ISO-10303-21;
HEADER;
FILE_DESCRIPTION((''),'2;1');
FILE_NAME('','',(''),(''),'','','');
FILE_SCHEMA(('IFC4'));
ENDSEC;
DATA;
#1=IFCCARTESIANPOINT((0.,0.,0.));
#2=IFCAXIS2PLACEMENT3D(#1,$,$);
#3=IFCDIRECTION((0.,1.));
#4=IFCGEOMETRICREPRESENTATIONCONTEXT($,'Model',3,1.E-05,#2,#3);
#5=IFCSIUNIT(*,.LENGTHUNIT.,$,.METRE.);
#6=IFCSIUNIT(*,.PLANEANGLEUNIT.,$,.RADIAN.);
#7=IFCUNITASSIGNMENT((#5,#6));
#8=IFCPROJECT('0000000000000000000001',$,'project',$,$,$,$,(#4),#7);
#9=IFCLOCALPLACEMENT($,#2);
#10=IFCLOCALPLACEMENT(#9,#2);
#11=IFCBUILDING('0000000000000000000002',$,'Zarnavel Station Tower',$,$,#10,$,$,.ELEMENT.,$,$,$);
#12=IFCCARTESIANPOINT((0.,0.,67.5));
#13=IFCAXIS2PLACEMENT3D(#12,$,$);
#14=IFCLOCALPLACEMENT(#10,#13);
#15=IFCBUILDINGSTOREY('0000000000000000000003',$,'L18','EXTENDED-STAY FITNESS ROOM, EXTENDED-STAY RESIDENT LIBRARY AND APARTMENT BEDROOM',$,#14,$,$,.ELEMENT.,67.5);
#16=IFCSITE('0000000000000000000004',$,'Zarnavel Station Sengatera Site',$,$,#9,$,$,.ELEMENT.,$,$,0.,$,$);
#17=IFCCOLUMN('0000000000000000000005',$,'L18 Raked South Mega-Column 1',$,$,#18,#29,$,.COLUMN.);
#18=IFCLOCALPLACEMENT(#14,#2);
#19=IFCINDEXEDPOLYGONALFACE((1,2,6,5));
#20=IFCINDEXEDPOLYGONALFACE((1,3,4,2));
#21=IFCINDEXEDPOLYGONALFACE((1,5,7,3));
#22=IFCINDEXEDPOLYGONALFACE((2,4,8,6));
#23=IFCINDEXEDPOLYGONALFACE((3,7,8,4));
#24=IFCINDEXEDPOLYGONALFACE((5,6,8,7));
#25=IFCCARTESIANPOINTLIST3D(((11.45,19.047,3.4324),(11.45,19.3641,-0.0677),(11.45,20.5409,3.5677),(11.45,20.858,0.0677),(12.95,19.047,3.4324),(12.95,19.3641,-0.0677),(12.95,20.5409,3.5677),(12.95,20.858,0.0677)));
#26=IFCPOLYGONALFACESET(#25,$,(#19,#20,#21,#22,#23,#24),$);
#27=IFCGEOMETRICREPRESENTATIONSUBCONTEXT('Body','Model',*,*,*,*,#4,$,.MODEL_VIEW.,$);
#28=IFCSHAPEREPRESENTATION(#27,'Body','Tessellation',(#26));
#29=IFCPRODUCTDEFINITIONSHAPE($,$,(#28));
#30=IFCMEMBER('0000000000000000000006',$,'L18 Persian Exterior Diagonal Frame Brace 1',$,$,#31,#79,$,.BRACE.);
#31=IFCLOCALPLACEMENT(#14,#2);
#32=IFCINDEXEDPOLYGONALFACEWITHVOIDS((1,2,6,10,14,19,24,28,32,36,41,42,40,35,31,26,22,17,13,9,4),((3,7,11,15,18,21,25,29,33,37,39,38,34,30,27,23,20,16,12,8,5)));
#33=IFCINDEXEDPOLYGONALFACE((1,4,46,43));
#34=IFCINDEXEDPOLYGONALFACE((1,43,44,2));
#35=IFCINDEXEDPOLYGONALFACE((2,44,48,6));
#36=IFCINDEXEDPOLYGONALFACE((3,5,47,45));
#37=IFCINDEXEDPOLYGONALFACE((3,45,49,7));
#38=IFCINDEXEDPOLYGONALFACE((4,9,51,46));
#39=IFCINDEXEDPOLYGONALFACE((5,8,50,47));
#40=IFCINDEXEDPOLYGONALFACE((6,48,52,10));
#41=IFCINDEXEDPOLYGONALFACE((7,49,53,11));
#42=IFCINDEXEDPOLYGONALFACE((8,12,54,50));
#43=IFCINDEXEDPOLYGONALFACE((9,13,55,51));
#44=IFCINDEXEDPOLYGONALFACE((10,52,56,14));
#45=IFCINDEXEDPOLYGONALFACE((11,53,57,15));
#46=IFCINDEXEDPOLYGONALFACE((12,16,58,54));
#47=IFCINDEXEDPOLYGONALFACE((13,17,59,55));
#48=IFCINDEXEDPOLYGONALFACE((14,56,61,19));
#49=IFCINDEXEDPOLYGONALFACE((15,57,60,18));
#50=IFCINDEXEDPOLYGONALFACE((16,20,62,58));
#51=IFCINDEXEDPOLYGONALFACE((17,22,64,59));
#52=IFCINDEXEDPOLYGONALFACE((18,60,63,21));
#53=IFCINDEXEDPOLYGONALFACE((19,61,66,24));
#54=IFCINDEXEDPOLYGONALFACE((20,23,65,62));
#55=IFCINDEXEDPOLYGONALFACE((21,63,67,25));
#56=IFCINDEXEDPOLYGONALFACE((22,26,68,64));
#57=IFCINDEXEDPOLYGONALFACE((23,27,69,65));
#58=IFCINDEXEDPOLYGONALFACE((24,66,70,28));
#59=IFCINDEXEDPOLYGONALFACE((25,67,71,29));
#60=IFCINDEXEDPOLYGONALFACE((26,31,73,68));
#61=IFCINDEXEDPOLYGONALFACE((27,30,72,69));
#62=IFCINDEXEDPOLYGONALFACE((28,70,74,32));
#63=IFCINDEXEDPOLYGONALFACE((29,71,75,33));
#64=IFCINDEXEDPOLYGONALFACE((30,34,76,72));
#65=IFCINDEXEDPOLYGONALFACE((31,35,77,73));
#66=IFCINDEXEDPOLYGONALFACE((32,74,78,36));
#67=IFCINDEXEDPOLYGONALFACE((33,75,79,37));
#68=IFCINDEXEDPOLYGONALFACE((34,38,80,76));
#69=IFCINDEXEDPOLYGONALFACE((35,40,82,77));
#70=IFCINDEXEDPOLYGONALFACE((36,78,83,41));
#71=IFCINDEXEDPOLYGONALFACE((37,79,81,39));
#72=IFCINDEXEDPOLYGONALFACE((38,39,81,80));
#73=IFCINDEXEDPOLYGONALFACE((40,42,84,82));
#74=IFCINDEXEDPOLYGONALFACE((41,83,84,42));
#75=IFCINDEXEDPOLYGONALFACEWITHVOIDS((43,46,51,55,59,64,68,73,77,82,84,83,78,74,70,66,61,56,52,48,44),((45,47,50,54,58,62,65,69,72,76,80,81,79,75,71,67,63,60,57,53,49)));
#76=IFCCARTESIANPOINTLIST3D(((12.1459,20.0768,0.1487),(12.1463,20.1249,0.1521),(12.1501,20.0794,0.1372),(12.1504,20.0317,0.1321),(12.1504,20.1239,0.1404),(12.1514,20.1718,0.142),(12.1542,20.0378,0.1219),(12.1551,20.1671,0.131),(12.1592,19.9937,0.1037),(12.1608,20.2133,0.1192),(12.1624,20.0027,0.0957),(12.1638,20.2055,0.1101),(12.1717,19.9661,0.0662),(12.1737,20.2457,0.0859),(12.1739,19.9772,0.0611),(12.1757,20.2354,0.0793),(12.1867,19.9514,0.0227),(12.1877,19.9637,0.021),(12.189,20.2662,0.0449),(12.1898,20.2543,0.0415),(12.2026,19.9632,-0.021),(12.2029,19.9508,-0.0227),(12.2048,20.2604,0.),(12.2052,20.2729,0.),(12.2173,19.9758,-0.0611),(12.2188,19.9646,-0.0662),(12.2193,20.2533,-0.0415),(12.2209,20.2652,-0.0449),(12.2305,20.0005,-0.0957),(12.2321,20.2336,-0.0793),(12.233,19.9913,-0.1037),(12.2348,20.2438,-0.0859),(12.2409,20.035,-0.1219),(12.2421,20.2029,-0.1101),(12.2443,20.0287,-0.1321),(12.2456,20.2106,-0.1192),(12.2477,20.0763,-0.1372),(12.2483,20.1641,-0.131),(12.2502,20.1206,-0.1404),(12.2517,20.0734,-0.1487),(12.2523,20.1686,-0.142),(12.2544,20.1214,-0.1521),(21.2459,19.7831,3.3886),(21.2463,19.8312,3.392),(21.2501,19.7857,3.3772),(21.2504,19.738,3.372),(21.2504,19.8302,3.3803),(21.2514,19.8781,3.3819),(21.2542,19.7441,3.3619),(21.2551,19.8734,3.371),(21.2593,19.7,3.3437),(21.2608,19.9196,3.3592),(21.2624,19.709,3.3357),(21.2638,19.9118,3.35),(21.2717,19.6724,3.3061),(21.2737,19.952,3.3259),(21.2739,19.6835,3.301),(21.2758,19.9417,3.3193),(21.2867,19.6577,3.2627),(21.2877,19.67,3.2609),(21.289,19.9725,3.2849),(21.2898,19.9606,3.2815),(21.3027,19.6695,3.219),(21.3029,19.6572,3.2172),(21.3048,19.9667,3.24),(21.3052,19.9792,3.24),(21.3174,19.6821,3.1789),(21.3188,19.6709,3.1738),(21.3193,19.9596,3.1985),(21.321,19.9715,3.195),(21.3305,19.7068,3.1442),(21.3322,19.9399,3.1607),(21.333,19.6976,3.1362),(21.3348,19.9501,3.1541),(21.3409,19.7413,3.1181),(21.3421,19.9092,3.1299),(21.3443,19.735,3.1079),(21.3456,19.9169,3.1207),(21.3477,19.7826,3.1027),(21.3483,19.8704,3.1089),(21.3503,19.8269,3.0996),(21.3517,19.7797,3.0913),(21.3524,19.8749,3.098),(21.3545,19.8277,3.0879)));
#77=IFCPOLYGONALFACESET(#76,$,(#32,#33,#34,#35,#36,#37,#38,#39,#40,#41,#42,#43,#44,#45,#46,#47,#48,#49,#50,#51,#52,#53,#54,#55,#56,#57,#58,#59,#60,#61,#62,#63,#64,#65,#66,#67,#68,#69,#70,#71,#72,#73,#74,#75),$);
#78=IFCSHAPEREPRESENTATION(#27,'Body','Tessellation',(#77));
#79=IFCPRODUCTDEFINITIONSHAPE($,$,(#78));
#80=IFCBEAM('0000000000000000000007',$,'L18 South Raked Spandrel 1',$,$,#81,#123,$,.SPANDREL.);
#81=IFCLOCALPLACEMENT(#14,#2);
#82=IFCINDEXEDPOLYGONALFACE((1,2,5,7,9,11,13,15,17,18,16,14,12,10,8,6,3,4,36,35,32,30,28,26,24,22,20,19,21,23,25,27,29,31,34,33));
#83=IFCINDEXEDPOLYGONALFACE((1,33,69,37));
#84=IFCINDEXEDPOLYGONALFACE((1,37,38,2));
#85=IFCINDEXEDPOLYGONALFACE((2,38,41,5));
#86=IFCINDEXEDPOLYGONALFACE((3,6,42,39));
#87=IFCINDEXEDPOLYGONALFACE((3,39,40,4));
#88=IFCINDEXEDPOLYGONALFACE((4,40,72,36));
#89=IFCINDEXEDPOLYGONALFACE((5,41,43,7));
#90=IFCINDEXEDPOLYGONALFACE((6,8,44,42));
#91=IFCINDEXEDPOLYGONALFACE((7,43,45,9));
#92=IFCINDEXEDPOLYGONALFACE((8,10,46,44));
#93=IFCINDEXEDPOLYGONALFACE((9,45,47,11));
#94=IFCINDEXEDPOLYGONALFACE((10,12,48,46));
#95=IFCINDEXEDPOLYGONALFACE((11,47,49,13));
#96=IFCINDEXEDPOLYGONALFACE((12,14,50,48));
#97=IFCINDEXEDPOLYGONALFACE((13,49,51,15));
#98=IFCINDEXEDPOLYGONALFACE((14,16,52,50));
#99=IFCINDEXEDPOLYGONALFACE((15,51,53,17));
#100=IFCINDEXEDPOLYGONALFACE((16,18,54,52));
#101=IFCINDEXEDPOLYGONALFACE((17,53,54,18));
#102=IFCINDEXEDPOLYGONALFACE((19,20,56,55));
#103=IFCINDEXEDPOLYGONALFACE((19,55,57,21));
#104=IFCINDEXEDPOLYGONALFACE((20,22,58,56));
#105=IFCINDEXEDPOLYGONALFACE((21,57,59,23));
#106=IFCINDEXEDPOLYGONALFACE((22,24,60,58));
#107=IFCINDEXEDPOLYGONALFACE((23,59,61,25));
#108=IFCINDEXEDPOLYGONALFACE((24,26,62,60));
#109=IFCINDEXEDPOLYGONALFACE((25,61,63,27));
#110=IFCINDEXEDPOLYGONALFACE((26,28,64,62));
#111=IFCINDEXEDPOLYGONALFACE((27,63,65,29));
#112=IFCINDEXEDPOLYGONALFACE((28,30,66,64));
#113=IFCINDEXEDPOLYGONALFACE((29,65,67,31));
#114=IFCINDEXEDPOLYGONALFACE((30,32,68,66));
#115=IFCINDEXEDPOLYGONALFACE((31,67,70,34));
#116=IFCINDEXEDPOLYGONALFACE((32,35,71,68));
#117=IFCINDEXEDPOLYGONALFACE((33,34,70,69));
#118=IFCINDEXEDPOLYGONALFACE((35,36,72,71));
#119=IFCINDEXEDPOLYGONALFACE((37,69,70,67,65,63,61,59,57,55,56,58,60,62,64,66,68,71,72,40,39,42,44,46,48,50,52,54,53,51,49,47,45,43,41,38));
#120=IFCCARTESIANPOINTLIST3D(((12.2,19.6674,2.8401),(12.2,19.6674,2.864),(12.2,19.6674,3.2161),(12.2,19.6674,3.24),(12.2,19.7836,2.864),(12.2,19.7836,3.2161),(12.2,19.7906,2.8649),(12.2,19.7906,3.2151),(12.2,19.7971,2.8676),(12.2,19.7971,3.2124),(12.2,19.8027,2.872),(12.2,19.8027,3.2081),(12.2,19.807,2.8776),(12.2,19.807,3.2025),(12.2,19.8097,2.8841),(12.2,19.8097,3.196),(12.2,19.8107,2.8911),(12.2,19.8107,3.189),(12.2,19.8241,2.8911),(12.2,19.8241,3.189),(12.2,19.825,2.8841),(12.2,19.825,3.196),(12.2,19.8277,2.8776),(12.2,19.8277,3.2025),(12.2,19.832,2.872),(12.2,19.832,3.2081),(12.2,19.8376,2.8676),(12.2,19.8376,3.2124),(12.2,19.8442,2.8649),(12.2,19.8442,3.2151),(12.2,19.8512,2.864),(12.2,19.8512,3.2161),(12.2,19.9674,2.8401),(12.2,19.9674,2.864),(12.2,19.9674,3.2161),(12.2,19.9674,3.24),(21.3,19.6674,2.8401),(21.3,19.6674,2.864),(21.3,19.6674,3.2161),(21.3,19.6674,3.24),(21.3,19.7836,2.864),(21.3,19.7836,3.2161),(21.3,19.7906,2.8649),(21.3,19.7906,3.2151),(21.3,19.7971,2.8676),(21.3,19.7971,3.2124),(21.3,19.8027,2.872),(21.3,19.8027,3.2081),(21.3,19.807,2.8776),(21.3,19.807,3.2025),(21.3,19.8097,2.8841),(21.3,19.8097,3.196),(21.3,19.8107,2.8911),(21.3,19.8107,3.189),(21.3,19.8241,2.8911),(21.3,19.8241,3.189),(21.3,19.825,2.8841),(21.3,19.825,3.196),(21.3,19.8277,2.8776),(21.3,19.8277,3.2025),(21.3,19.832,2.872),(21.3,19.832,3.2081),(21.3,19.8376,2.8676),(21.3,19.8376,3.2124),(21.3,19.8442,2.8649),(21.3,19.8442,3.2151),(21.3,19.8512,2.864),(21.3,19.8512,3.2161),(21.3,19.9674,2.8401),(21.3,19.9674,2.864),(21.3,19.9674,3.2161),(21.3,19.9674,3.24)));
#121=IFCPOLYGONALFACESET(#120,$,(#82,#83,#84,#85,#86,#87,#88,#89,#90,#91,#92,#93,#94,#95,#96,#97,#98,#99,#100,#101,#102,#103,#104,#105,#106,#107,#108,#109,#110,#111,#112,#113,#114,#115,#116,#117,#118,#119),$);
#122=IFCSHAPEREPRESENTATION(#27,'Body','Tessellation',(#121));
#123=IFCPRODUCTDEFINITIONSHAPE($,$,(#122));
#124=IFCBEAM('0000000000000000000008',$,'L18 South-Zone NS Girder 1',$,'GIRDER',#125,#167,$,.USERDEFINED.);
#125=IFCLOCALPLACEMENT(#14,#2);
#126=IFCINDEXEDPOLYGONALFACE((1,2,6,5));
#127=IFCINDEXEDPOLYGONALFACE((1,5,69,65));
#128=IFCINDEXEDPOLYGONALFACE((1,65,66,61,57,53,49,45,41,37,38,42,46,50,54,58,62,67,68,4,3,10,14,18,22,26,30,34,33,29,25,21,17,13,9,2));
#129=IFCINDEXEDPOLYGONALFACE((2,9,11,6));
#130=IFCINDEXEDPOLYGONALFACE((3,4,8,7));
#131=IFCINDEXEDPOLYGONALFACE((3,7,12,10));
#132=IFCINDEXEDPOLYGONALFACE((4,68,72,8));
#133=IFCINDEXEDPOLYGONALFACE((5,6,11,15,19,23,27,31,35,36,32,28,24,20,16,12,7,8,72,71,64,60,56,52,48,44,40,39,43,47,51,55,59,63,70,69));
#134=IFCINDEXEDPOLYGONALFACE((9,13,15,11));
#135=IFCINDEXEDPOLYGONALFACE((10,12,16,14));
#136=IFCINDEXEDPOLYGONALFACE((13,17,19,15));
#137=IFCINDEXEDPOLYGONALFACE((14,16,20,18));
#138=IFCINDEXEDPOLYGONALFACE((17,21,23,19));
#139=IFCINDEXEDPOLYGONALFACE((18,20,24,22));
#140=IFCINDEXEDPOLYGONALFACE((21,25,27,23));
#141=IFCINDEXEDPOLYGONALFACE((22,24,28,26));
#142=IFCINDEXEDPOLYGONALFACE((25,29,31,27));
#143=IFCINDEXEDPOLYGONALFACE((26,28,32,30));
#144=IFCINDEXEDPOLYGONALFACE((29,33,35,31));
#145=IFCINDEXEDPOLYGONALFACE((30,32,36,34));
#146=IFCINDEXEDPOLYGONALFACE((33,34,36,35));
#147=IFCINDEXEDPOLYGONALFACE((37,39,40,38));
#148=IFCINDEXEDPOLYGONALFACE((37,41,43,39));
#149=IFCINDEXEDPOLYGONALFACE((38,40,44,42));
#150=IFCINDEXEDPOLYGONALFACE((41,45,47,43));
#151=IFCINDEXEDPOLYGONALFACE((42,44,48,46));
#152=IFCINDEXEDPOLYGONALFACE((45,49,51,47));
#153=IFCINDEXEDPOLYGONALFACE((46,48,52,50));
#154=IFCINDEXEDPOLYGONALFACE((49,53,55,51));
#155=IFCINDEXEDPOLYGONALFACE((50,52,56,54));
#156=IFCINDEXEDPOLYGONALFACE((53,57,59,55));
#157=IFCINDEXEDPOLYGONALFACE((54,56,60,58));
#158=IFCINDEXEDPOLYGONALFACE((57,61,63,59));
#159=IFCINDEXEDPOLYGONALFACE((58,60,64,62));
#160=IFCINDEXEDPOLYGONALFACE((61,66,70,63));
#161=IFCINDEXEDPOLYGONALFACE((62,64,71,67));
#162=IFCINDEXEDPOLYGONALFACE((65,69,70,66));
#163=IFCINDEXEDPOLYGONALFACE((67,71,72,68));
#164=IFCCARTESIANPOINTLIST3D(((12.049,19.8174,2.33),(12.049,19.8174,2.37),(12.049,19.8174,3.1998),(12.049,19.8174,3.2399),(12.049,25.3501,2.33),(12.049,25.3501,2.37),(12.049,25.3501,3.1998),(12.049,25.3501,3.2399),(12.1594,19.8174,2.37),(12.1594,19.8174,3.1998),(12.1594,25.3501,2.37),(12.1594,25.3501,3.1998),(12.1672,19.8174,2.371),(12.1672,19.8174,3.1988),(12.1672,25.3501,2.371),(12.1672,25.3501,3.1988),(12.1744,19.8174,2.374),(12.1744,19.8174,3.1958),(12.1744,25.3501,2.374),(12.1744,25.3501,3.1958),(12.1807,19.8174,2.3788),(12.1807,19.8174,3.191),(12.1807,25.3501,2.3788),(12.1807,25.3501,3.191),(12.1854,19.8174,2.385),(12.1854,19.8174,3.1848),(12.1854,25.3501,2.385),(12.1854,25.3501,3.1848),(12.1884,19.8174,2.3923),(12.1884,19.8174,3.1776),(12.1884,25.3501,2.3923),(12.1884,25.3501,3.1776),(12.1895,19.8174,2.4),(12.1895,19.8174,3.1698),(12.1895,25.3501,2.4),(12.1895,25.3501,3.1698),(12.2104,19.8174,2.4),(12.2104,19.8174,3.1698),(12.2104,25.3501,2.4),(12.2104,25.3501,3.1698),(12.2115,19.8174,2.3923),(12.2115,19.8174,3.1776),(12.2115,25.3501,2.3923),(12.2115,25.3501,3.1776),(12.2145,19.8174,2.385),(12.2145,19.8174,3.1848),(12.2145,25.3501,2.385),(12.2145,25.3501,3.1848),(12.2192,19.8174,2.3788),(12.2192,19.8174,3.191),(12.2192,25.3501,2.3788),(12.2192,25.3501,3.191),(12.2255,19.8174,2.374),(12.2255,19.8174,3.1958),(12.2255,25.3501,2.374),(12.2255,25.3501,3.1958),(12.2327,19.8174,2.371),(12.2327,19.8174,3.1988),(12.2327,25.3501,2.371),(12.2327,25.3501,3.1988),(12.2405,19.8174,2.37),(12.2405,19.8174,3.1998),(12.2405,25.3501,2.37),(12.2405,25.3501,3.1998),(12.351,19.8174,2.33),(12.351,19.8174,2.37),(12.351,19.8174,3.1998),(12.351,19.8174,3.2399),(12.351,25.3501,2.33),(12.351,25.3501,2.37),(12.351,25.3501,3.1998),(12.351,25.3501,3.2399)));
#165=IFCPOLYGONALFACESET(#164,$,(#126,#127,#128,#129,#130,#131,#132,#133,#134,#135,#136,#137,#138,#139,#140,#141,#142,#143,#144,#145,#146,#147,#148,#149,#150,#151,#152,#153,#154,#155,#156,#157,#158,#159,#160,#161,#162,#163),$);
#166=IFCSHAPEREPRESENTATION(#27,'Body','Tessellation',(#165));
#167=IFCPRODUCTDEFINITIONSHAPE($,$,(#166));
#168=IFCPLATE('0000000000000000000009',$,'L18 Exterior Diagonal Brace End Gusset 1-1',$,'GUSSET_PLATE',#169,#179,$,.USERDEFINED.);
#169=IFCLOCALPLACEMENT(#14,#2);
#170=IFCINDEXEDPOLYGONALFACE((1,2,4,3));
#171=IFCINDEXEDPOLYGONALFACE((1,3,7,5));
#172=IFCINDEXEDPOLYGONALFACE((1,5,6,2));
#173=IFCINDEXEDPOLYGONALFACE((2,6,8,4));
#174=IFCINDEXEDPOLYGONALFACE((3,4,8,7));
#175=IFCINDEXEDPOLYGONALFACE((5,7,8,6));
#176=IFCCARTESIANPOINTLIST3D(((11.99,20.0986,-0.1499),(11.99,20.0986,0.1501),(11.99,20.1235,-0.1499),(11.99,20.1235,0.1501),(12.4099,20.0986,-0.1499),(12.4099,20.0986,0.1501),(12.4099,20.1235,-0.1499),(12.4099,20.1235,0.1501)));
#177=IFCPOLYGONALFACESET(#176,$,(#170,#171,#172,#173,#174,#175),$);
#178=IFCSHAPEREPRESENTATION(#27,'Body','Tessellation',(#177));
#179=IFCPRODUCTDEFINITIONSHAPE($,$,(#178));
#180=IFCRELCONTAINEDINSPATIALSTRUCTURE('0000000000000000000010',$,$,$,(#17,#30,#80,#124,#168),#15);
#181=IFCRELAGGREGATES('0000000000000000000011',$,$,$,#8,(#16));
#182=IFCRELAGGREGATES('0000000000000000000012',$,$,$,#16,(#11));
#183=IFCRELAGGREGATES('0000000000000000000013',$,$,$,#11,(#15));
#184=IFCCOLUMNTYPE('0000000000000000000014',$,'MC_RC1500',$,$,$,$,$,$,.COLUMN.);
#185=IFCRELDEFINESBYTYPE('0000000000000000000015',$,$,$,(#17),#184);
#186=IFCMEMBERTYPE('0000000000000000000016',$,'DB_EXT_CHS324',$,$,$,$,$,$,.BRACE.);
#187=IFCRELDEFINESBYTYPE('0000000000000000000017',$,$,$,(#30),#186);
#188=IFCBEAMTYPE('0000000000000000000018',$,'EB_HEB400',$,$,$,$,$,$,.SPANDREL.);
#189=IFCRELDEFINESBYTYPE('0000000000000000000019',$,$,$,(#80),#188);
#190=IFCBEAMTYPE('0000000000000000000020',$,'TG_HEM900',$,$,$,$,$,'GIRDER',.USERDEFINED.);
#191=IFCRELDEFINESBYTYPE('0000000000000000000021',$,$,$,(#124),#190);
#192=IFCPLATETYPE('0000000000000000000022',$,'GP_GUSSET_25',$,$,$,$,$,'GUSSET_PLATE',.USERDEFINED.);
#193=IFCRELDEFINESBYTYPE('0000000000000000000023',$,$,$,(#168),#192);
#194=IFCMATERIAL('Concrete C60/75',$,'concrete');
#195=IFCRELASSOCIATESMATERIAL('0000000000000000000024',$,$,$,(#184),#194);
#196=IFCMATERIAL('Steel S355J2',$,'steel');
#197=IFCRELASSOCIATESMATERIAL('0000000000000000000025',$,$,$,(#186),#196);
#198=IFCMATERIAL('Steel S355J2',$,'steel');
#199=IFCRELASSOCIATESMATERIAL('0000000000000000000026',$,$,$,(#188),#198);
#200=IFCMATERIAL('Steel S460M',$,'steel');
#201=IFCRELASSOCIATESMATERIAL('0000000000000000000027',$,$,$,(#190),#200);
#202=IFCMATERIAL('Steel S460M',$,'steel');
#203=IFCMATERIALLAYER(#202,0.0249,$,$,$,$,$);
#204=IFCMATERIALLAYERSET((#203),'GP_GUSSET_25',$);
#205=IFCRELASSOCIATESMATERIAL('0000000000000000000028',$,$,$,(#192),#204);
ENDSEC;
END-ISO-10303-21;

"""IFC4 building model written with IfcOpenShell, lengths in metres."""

from ifc_helpers import new_model, si_unit, direction, frame, origin, origin_2d, place, context, subcontext, project, spatial, rectangle, hollow_circle, i_section, extrude, material, layer, layer_set, material_profile, profile_set, type_object, element, save


model = new_model("IFC4")

# Units and contexts
model_context = context("Model", 3, precision=1e-05, world=origin(), true_north=direction((0.0, 1.0)))
body_context = subcontext(model_context, "Body", "Model", "MODEL_VIEW")
ifc_project = project(units=[si_unit("LENGTHUNIT", "METRE"), si_unit("PLANEANGLEUNIT", "RADIAN")], contexts=[model_context])

# Site, building, storey
site_placement = place(None, origin())
site = spatial("IfcSite", under=ifc_project, at=site_placement, Name="Zarnavel Station Sengatera Site", CompositionType="ELEMENT", RefElevation=0.0)
building_placement = place(site_placement, origin())
building = spatial("IfcBuilding", under=site, at=building_placement, Name="Zarnavel Station Tower", CompositionType="ELEMENT")
storey_placement = place(building_placement, frame((0.0, 0.0, 67.5)))
storey = spatial("IfcBuildingStorey", under=building, at=storey_placement, Name="L18", Description="EXTENDED-STAY FITNESS ROOM, EXTENDED-STAY RESIDENT LIBRARY AND APARTMENT BEDROOM", CompositionType="ELEMENT", Elevation=67.5)

# Column
ifc_material_1 = material(Name="Concrete C60/75", Category="concrete")
ifc_material_profile_1 = material_profile(ifc_material_1, rectangle(XDim=1.5, YDim=1.5, at=origin_2d()), Name="RC1500x1500")
ifc_profile_set_1 = profile_set([ifc_material_profile_1], Name="Concrete C60/75")
column_type = type_object("IfcColumnType", Name="MC_RC1500", PredefinedType="COLUMN", material=ifc_profile_set_1)
column_placement = place(storey_placement, frame((12.2, 20.1111, 0.0), z_axis=(0.0, -0.090241, 0.99592), x_axis=(1.0, 0.0, 0.0)))
element("IfcColumn", 1, at=column_placement, inside=storey, type_object=column_type, Name="L18 Raked South Mega-Column 1", PredefinedType="COLUMN", context=body_context, shape_type="SweptSolid", body=[
    extrude(rectangle(XDim=1.5, YDim=1.5, at=origin_2d()), origin(), (0.0, 0.0, 1.0), 3.5144),
])

# Member
ifc_material_2 = material(Name="Steel S355J2", Category="steel")
ifc_material_profile_2 = material_profile(ifc_material_2, hollow_circle(Radius=0.1619, WallThickness=0.0125, at=origin_2d()), Name="CHS323.9x12.5")
ifc_profile_set_2 = profile_set([ifc_material_profile_2], Name="Steel S355J2")
member_type = type_object("IfcMemberType", Name="DB_EXT_CHS324", PredefinedType="BRACE", material=ifc_profile_set_2)
member_placement = place(storey_placement, frame((12.2, 20.1111, 0.0), z_axis=(0.941636, -0.030391, 0.335259), x_axis=(0.032258, 0.99948, 0.0)))
element("IfcMember", 2, at=member_placement, inside=storey, type_object=member_type, Name="L18 Persian Exterior Diagonal Frame Brace 1", PredefinedType="BRACE", context=body_context, shape_type="SweptSolid", body=[
    extrude(hollow_circle(Radius=0.1619, WallThickness=0.0125, at=origin_2d()), origin(), (0.0, 0.0, 1.0), 9.6641),
])

# Beams
ifc_material_3 = material(Name="Steel S355J2", Category="steel")
ifc_material_profile_3 = material_profile(ifc_material_3, i_section(OverallWidth=0.3, OverallDepth=0.3999, WebThickness=0.0134, FlangeThickness=0.0239, FilletRadius=0.0271, at=origin_2d()), Name="HEB400")
ifc_profile_set_3 = profile_set([ifc_material_profile_3], Name="Steel S355J2")
beam_type_1 = type_object("IfcBeamType", Name="EB_HEB400", PredefinedType="SPANDREL", material=ifc_profile_set_3)
beam_1_placement = place(storey_placement, frame((12.2, 19.8174, 3.04), z_axis=(1.0, 0.0, 0.0), x_axis=(0.0, 1.0, 0.0)))
element("IfcBeam", 3, at=beam_1_placement, inside=storey, type_object=beam_type_1, Name="L18 South Raked Spandrel 1", PredefinedType="SPANDREL", context=body_context, shape_type="SweptSolid", body=[
    extrude(i_section(OverallWidth=0.3, OverallDepth=0.3999, WebThickness=0.0134, FlangeThickness=0.0239, FilletRadius=0.0271, at=origin_2d()), origin(), (0.0, 0.0, 1.0), 9.1001),
])
ifc_material_4 = material(Name="Steel S460M", Category="steel")
ifc_material_profile_4 = material_profile(ifc_material_4, i_section(OverallWidth=0.302, OverallDepth=0.9099, WebThickness=0.021, FlangeThickness=0.04, FilletRadius=0.03, at=origin_2d()), Name="HEM900")
ifc_profile_set_4 = profile_set([ifc_material_profile_4], Name="Steel S460M")
beam_type_2 = type_object("IfcBeamType", Name="TG_HEM900", ElementType="GIRDER", PredefinedType="USERDEFINED", material=ifc_profile_set_4)
beam_2_placement = place(storey_placement, frame((12.2, 19.8174, 2.7849), z_axis=(0.0, 1.0, 0.0), x_axis=(-1.0, 0.0, 0.0)))
element("IfcBeam", 4, at=beam_2_placement, inside=storey, type_object=beam_type_2, Name="L18 South-Zone NS Girder 1", ObjectType="GIRDER", PredefinedType="USERDEFINED", context=body_context, shape_type="SweptSolid", body=[
    extrude(i_section(OverallWidth=0.302, OverallDepth=0.9099, WebThickness=0.021, FlangeThickness=0.04, FilletRadius=0.03, at=origin_2d()), origin(), (0.0, 0.0, 1.0), 5.5327),
])

# Plate
ifc_material_5 = material(Name="Steel S460M", Category="steel")
ifc_layer_1 = layer(ifc_material_5, 0.0249)
ifc_layer_set_1 = layer_set([ifc_layer_1], Name="GP_GUSSET_25")
plate_type = type_object("IfcPlateType", Name="GP_GUSSET_25", ElementType="GUSSET_PLATE", PredefinedType="USERDEFINED", material=ifc_layer_set_1)
plate_placement = place(storey_placement, frame((12.2, 20.1111, -0.1499), z_axis=(0.0, 0.0, 1.0), x_axis=(1.0, 0.0, 0.0)))
element("IfcPlate", 5, at=plate_placement, inside=storey, type_object=plate_type, Name="L18 Exterior Diagonal Brace End Gusset 1-1", ObjectType="GUSSET_PLATE", PredefinedType="USERDEFINED", context=body_context, shape_type="SweptSolid", body=[
    extrude(rectangle(XDim=0.4199, YDim=0.0249, at=origin_2d()), origin(), (0.0, 0.0, 1.0), 0.3),
])

save(model, "model.ifc")
